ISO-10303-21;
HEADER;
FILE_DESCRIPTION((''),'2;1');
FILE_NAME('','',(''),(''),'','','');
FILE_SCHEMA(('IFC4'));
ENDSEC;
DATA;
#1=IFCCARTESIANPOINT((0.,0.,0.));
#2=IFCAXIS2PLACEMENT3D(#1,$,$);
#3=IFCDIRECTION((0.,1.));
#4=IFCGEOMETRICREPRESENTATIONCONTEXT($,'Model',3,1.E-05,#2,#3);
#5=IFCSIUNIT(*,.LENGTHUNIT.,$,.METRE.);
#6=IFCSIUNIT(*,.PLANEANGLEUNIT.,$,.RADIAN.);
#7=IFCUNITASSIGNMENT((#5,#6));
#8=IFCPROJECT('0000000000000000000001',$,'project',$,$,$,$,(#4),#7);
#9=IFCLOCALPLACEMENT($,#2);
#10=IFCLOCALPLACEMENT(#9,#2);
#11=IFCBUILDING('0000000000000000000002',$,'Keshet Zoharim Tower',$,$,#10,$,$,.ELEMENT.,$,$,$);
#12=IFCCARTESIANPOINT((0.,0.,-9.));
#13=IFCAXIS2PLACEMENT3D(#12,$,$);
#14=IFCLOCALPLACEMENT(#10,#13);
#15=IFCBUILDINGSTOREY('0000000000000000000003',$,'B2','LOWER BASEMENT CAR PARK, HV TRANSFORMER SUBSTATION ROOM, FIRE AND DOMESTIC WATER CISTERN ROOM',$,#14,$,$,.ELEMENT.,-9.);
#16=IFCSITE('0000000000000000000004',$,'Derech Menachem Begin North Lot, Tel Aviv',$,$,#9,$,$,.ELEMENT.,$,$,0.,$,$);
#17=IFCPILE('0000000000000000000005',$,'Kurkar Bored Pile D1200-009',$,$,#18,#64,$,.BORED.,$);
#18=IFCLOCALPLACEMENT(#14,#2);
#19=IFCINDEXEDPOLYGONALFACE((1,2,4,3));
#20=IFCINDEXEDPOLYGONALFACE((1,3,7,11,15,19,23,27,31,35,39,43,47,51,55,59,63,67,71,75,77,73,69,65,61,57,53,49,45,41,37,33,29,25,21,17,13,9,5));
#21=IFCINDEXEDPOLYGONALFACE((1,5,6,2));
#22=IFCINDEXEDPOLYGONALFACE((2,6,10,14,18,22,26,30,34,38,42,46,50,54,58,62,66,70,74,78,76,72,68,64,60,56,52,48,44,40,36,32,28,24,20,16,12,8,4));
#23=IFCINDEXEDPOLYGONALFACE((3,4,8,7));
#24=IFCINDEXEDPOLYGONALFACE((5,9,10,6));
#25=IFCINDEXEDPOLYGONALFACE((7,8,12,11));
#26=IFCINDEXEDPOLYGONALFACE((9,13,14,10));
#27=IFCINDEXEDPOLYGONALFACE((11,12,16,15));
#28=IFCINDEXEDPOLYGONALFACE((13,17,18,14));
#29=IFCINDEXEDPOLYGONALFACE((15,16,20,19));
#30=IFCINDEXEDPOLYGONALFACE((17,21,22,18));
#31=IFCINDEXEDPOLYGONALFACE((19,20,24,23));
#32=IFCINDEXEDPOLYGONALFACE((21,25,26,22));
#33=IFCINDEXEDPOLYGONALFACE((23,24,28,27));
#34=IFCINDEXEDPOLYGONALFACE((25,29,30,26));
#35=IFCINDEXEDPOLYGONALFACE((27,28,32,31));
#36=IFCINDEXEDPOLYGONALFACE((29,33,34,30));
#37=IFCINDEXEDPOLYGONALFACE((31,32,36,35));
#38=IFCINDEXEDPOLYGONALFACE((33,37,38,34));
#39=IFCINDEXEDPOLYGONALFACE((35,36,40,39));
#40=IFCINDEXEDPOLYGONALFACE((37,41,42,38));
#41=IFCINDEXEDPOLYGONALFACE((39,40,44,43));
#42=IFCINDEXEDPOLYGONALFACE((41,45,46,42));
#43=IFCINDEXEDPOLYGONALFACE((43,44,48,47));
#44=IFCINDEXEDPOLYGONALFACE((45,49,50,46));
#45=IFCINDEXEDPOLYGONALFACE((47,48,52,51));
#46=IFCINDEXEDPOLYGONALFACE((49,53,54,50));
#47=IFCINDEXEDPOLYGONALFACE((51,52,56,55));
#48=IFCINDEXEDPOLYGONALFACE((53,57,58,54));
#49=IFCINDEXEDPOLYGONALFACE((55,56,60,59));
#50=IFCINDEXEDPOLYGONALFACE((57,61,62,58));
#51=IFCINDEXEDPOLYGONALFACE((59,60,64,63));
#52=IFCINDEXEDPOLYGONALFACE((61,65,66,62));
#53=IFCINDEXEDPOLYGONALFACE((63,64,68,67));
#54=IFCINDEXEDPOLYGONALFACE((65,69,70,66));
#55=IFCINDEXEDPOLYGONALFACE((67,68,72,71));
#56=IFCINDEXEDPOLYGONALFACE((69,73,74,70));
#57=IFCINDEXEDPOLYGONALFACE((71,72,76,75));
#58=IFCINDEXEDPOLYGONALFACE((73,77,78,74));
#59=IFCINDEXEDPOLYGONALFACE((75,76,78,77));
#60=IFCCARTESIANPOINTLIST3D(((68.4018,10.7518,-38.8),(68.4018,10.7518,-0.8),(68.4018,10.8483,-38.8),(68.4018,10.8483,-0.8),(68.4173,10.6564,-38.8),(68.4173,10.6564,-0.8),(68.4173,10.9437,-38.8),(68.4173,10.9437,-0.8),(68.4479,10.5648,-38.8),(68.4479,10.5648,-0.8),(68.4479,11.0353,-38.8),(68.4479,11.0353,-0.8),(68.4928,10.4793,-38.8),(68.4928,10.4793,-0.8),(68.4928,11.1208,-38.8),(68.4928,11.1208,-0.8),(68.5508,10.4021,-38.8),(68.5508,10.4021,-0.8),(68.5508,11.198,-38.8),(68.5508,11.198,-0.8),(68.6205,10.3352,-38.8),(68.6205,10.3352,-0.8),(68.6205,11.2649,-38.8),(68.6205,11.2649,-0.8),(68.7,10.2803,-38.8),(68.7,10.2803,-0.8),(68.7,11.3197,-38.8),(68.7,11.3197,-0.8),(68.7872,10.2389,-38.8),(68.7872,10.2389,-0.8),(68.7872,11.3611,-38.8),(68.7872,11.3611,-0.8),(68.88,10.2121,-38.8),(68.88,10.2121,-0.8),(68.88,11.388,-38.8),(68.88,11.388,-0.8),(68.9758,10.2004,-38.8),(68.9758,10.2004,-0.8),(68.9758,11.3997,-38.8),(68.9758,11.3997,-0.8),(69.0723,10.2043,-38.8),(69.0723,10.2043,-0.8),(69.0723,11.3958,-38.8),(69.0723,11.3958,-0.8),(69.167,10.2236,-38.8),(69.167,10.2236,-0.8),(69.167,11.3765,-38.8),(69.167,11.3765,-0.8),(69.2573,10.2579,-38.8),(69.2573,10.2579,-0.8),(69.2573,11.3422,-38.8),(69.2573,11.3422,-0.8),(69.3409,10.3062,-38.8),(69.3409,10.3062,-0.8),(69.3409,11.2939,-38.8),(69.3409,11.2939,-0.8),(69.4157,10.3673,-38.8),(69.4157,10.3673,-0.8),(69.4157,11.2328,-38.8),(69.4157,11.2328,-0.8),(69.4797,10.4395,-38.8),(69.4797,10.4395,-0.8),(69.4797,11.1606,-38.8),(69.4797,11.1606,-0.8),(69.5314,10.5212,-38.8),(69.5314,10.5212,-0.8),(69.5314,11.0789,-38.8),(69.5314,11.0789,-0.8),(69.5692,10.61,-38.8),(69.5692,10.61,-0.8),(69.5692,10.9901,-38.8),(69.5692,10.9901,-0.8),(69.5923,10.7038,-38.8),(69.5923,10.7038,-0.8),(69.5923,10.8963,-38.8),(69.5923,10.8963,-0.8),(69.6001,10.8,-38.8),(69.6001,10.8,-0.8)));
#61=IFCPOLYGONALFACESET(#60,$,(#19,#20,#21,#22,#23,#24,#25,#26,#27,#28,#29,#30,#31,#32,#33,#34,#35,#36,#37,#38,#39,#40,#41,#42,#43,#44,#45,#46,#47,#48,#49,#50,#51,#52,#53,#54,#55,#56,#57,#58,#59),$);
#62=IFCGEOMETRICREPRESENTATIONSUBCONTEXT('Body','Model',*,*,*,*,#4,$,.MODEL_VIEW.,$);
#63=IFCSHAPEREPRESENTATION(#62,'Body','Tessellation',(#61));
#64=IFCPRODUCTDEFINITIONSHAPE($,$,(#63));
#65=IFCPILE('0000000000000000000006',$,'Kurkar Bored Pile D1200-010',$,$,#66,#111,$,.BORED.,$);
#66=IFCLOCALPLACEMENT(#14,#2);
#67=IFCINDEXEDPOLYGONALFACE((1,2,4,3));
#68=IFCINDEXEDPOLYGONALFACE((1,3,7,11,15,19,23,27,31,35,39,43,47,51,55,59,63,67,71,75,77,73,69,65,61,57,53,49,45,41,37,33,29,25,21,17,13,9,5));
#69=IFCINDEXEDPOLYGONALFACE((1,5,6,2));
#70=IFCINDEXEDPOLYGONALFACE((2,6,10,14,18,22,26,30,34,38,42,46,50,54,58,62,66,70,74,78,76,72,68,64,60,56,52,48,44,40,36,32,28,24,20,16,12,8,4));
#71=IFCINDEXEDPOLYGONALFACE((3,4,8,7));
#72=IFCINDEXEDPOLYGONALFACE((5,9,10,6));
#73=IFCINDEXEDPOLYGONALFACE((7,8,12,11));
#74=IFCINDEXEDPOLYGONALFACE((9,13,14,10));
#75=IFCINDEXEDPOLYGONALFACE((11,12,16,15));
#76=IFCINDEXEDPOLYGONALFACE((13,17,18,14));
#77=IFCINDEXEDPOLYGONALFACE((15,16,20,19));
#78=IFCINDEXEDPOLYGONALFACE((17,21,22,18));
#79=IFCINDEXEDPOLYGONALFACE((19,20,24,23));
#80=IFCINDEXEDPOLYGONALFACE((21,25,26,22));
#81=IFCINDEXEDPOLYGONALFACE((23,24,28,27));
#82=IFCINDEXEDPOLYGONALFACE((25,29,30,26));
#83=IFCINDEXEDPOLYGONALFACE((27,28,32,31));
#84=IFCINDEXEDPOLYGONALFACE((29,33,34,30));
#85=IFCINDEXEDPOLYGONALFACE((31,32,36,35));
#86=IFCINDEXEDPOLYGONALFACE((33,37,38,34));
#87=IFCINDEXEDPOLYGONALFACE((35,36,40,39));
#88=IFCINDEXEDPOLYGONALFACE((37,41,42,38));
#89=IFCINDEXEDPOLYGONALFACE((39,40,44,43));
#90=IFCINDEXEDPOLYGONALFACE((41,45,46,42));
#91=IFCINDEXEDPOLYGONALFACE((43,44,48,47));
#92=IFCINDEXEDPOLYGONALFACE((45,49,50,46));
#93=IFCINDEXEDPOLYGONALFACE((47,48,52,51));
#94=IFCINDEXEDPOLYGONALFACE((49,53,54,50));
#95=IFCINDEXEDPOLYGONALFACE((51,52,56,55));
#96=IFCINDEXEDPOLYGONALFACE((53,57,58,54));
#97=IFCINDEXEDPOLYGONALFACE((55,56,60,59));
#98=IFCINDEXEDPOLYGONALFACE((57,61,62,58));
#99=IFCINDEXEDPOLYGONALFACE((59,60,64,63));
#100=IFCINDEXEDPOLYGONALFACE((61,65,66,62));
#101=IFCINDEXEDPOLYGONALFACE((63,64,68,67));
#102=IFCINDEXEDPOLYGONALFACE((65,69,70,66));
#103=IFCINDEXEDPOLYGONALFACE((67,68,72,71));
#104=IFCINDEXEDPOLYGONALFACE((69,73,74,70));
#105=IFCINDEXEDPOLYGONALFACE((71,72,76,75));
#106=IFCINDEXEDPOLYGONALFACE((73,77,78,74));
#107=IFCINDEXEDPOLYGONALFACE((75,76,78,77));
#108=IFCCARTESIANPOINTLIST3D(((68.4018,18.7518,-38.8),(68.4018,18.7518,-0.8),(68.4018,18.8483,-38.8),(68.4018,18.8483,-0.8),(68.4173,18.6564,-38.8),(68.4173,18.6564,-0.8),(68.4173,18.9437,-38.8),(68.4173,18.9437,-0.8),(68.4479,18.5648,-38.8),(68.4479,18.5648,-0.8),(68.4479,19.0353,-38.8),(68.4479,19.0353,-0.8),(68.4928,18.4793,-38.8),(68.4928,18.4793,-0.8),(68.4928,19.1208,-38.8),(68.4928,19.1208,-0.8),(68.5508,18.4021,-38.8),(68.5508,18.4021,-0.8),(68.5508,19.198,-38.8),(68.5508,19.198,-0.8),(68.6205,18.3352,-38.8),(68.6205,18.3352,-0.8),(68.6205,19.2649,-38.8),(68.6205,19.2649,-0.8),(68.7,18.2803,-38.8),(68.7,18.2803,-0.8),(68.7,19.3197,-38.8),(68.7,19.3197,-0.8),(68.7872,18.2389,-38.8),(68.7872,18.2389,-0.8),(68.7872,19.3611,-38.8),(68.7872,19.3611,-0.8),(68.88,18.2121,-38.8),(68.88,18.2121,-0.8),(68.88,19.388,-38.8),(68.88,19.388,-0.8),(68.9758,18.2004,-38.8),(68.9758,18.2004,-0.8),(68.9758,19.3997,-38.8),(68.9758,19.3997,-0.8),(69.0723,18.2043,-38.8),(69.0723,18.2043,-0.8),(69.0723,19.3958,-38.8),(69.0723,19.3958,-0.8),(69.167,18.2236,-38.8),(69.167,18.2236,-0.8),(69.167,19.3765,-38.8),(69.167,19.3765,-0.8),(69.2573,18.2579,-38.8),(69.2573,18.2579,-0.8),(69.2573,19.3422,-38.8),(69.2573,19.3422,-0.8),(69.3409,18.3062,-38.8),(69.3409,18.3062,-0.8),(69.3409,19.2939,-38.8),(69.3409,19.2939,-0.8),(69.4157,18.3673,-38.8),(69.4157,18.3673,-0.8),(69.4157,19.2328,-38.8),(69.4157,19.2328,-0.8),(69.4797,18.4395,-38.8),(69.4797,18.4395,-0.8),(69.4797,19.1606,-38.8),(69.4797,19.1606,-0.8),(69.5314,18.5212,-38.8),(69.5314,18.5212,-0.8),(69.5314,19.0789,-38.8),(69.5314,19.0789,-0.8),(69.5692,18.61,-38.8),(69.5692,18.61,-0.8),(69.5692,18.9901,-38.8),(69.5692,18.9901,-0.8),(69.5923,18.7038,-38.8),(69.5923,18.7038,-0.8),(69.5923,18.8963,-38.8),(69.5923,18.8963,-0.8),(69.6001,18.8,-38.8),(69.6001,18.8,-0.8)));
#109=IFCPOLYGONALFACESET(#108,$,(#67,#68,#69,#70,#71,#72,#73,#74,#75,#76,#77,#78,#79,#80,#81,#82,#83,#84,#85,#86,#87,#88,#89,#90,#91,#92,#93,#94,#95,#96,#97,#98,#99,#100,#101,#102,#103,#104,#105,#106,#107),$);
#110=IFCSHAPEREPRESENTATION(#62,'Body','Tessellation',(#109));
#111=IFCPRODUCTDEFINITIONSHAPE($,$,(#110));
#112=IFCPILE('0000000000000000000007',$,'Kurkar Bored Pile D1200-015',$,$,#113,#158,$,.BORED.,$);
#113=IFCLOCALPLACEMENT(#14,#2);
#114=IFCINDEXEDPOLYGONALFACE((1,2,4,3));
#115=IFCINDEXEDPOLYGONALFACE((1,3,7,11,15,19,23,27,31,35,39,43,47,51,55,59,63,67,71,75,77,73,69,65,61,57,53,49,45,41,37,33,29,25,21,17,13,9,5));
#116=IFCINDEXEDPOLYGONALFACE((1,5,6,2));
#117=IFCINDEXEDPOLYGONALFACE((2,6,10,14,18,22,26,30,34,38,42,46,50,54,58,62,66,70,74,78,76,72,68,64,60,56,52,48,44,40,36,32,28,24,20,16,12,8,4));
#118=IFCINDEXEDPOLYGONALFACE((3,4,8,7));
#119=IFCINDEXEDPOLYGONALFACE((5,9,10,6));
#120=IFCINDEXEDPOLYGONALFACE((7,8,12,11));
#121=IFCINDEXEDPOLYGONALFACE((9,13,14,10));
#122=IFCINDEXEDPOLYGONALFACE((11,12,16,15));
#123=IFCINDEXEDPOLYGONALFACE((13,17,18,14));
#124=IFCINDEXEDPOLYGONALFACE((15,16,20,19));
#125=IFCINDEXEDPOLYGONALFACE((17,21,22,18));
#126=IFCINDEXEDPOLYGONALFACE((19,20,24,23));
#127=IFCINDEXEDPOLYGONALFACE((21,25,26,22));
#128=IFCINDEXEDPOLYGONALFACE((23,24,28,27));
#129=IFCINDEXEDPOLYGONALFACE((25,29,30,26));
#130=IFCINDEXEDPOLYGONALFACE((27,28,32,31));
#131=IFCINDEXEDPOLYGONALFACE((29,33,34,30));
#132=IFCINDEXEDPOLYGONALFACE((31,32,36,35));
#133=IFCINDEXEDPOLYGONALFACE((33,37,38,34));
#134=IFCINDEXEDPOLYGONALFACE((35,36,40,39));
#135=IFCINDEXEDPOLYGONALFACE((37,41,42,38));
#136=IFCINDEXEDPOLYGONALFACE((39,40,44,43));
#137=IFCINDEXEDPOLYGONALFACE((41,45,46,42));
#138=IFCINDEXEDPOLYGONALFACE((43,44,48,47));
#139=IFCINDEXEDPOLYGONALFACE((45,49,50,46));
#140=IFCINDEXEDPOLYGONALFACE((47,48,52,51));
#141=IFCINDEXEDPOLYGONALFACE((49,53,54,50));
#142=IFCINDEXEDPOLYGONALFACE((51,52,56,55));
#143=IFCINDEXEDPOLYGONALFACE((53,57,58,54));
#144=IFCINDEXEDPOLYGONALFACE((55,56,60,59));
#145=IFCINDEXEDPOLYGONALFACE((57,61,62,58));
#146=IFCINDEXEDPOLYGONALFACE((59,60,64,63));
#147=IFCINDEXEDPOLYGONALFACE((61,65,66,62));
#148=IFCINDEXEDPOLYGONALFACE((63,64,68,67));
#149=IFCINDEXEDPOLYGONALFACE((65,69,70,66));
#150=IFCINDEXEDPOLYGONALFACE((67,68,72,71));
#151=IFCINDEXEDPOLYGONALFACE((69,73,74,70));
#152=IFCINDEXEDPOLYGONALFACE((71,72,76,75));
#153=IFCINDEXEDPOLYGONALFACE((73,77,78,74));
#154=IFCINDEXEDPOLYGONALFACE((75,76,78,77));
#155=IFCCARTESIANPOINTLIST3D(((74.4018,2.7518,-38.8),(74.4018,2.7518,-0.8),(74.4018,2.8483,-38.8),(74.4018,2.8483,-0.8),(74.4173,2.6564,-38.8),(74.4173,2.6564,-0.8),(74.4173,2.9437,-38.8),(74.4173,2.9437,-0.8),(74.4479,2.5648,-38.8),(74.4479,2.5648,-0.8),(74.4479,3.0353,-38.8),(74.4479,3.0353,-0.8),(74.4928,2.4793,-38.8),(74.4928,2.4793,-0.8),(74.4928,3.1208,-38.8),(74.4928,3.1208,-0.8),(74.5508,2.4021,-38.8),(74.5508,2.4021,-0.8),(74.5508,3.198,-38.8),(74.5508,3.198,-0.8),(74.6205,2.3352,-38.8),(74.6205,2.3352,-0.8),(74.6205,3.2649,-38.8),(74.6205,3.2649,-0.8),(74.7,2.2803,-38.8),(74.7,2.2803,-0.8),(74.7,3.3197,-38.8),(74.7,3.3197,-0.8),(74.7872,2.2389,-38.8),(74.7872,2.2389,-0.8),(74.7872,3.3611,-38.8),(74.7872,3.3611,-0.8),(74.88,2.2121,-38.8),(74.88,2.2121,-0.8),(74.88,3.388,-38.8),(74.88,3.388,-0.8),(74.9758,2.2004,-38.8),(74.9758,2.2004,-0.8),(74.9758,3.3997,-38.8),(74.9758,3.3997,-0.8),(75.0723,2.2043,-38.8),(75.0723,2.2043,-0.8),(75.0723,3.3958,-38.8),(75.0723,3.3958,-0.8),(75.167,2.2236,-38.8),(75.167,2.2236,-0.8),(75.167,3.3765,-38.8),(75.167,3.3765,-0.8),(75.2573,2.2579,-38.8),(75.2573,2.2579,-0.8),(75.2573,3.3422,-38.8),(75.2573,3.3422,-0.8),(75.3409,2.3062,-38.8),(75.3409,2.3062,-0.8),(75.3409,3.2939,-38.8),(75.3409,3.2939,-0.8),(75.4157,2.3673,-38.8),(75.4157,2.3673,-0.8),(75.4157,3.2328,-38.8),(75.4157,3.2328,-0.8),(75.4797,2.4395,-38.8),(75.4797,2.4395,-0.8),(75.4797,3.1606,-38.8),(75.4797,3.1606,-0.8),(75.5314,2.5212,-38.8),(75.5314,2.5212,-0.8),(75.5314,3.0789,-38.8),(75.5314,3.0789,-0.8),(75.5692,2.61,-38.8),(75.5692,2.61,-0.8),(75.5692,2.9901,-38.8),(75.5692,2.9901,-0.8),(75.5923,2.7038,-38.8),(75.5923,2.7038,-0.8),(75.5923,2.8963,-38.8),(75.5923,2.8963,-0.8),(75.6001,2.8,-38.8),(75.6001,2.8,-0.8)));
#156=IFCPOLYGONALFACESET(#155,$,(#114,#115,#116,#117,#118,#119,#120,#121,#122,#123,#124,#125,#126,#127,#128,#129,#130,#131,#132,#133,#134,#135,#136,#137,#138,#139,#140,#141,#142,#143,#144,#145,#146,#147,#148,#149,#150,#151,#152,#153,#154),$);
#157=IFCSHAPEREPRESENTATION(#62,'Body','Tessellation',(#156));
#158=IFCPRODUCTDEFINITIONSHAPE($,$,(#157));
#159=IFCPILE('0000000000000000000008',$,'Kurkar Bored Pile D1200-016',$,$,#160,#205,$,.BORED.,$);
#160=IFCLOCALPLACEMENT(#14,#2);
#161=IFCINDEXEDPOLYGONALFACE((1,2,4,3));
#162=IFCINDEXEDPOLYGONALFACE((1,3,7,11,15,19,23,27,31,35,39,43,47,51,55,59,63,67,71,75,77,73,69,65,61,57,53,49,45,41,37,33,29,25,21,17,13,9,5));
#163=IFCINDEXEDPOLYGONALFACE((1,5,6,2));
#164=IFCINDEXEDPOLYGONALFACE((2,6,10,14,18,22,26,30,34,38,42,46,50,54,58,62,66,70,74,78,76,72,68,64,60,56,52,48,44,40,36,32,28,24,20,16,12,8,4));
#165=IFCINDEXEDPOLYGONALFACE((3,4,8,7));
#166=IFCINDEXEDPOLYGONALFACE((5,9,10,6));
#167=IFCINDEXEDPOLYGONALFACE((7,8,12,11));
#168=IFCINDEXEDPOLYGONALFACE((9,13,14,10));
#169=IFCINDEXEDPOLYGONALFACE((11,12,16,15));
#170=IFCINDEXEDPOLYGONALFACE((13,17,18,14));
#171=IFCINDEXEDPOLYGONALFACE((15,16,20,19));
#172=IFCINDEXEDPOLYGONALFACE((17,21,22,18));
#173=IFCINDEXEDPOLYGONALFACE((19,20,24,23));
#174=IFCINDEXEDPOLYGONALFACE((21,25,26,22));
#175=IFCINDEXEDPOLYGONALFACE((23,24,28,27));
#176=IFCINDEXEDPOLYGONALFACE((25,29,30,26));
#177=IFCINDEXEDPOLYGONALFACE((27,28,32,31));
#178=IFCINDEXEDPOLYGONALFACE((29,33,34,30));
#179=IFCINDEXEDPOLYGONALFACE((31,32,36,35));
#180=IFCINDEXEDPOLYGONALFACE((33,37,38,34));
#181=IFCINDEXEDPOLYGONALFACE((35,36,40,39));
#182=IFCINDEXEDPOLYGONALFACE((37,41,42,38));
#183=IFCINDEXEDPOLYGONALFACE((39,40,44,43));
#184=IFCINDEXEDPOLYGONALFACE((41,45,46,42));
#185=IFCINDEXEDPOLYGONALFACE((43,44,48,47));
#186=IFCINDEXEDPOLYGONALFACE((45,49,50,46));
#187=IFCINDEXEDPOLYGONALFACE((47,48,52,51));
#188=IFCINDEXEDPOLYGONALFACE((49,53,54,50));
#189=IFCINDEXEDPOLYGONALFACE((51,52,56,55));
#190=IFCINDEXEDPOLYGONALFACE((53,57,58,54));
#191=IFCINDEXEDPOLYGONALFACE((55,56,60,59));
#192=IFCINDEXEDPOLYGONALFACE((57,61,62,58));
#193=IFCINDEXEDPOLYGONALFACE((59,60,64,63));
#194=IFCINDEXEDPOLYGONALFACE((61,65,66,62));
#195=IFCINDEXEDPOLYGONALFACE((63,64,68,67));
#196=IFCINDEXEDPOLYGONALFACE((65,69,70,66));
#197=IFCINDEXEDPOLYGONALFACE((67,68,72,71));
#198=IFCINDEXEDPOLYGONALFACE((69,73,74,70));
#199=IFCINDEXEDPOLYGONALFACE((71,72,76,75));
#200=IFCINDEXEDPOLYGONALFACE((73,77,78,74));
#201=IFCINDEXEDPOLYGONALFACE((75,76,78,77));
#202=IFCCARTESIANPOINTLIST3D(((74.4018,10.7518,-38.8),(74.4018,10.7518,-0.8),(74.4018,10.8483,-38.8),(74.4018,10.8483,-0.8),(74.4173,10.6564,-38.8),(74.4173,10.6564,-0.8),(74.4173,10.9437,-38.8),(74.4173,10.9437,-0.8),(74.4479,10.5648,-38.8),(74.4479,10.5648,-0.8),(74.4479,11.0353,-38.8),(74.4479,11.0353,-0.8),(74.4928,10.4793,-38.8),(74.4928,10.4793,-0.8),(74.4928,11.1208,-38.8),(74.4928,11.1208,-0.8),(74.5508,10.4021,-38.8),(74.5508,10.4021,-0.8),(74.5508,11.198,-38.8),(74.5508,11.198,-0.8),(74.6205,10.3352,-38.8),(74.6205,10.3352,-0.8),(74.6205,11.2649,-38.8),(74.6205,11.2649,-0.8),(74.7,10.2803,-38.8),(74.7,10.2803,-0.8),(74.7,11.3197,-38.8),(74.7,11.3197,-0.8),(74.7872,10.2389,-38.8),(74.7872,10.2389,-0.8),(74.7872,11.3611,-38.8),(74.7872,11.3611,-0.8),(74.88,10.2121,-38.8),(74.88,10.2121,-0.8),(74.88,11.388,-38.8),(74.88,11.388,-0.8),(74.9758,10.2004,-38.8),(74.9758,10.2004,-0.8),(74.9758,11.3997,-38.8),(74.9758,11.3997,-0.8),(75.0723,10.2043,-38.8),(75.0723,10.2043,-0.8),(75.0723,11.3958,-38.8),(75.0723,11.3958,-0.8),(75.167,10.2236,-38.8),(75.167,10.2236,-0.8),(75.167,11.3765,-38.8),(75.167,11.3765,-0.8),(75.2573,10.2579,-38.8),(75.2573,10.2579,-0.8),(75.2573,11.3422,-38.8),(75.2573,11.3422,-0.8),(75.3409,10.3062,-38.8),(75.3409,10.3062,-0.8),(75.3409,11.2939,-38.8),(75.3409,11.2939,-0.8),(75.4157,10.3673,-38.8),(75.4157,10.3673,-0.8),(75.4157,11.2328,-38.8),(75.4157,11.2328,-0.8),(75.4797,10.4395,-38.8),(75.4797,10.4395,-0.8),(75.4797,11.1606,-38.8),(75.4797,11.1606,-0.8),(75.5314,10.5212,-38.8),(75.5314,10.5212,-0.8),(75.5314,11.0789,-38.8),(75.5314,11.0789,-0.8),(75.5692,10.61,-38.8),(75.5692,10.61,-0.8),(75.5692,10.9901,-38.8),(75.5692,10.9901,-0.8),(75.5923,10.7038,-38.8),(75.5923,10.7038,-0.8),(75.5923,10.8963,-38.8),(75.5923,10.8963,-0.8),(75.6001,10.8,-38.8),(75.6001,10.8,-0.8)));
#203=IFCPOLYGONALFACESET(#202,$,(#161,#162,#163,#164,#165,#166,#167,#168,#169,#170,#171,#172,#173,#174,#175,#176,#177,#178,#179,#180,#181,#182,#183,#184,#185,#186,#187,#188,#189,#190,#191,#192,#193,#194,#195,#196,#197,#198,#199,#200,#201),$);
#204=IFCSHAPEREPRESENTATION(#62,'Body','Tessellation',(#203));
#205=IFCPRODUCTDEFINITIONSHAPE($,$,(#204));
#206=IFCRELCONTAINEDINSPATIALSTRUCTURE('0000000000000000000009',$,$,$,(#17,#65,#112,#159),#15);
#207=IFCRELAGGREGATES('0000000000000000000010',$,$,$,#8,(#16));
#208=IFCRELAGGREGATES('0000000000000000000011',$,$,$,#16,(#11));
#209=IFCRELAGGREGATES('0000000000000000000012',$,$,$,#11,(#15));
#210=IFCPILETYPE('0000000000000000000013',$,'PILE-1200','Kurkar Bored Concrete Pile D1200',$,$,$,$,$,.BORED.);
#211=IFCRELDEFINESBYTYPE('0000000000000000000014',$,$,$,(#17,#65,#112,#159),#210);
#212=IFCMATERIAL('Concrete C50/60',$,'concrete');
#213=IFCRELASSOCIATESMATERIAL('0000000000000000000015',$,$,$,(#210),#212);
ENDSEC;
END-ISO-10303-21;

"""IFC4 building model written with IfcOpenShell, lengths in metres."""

from ifc_helpers import new_model, si_unit, direction, frame, origin, origin_2d, place, context, subcontext, project, spatial, circle, extrude, material, material_profile, profile_set, type_object, element, save


model = new_model("IFC4")

# Units and contexts
model_context = context("Model", 3, precision=1e-05, world=origin(), true_north=direction((0.0, 1.0)))
body_context = subcontext(model_context, "Body", "Model", "MODEL_VIEW")
ifc_project = project(units=[si_unit("LENGTHUNIT", "METRE"), si_unit("PLANEANGLEUNIT", "RADIAN")], contexts=[model_context])

# Site, building, storey
site_placement = place(None, origin())
site = spatial("IfcSite", under=ifc_project, at=site_placement, Name="Derech Menachem Begin North Lot, Tel Aviv", CompositionType="ELEMENT", RefElevation=0.0)
building_placement = place(site_placement, origin())
building = spatial("IfcBuilding", under=site, at=building_placement, Name="Keshet Zoharim Tower", CompositionType="ELEMENT")
storey_placement = place(building_placement, frame((0.0, 0.0, -9.0)))
storey = spatial("IfcBuildingStorey", under=building, at=storey_placement, Name="B2", Description="LOWER BASEMENT CAR PARK, HV TRANSFORMER SUBSTATION ROOM, FIRE AND DOMESTIC WATER CISTERN ROOM", CompositionType="ELEMENT", Elevation=-9.0)

# Piles
ifc_material_1 = material(Name="Concrete C50/60", Category="concrete")
ifc_material_profile_1 = material_profile(ifc_material_1, circle(Radius=0.6001, at=origin_2d()), Name="PILE-D1200")
ifc_profile_set_1 = profile_set([ifc_material_profile_1], Name="Concrete C50/60")
pile_type = type_object("IfcPileType", Name="PILE-1200", Description="Kurkar Bored Concrete Pile D1200", PredefinedType="BORED", material=ifc_profile_set_1)
for number, where, z_axis, x_axis, name in (
    (1, (69.0, 10.8, -0.8), (0.0, 0.0, -1.0), (1.0, 0.0, 0.0), "Kurkar Bored Pile D1200-009"),
    (2, (69.0, 18.8, -0.8), (0.0, 0.0, -1.0), (1.0, 0.0, 0.0), "Kurkar Bored Pile D1200-010"),
    (3, (75.0, 2.8, -0.8), (0.0, 0.0, -1.0), (1.0, 0.0, 0.0), "Kurkar Bored Pile D1200-015"),
    (4, (75.0, 10.8, -0.8), (0.0, 0.0, -1.0), (1.0, 0.0, 0.0), "Kurkar Bored Pile D1200-016"),
):
    element("IfcPile", number, at=place(storey_placement, frame(where, z_axis=z_axis, x_axis=x_axis)), inside=storey, type_object=pile_type, Name=name, PredefinedType="BORED", context=body_context, shape_type="SweptSolid", body=[
        extrude(circle(Radius=0.6001, at=origin_2d()), origin(), (0.0, 0.0, 1.0), 38.0),
    ])

save(model, "model.ifc")
